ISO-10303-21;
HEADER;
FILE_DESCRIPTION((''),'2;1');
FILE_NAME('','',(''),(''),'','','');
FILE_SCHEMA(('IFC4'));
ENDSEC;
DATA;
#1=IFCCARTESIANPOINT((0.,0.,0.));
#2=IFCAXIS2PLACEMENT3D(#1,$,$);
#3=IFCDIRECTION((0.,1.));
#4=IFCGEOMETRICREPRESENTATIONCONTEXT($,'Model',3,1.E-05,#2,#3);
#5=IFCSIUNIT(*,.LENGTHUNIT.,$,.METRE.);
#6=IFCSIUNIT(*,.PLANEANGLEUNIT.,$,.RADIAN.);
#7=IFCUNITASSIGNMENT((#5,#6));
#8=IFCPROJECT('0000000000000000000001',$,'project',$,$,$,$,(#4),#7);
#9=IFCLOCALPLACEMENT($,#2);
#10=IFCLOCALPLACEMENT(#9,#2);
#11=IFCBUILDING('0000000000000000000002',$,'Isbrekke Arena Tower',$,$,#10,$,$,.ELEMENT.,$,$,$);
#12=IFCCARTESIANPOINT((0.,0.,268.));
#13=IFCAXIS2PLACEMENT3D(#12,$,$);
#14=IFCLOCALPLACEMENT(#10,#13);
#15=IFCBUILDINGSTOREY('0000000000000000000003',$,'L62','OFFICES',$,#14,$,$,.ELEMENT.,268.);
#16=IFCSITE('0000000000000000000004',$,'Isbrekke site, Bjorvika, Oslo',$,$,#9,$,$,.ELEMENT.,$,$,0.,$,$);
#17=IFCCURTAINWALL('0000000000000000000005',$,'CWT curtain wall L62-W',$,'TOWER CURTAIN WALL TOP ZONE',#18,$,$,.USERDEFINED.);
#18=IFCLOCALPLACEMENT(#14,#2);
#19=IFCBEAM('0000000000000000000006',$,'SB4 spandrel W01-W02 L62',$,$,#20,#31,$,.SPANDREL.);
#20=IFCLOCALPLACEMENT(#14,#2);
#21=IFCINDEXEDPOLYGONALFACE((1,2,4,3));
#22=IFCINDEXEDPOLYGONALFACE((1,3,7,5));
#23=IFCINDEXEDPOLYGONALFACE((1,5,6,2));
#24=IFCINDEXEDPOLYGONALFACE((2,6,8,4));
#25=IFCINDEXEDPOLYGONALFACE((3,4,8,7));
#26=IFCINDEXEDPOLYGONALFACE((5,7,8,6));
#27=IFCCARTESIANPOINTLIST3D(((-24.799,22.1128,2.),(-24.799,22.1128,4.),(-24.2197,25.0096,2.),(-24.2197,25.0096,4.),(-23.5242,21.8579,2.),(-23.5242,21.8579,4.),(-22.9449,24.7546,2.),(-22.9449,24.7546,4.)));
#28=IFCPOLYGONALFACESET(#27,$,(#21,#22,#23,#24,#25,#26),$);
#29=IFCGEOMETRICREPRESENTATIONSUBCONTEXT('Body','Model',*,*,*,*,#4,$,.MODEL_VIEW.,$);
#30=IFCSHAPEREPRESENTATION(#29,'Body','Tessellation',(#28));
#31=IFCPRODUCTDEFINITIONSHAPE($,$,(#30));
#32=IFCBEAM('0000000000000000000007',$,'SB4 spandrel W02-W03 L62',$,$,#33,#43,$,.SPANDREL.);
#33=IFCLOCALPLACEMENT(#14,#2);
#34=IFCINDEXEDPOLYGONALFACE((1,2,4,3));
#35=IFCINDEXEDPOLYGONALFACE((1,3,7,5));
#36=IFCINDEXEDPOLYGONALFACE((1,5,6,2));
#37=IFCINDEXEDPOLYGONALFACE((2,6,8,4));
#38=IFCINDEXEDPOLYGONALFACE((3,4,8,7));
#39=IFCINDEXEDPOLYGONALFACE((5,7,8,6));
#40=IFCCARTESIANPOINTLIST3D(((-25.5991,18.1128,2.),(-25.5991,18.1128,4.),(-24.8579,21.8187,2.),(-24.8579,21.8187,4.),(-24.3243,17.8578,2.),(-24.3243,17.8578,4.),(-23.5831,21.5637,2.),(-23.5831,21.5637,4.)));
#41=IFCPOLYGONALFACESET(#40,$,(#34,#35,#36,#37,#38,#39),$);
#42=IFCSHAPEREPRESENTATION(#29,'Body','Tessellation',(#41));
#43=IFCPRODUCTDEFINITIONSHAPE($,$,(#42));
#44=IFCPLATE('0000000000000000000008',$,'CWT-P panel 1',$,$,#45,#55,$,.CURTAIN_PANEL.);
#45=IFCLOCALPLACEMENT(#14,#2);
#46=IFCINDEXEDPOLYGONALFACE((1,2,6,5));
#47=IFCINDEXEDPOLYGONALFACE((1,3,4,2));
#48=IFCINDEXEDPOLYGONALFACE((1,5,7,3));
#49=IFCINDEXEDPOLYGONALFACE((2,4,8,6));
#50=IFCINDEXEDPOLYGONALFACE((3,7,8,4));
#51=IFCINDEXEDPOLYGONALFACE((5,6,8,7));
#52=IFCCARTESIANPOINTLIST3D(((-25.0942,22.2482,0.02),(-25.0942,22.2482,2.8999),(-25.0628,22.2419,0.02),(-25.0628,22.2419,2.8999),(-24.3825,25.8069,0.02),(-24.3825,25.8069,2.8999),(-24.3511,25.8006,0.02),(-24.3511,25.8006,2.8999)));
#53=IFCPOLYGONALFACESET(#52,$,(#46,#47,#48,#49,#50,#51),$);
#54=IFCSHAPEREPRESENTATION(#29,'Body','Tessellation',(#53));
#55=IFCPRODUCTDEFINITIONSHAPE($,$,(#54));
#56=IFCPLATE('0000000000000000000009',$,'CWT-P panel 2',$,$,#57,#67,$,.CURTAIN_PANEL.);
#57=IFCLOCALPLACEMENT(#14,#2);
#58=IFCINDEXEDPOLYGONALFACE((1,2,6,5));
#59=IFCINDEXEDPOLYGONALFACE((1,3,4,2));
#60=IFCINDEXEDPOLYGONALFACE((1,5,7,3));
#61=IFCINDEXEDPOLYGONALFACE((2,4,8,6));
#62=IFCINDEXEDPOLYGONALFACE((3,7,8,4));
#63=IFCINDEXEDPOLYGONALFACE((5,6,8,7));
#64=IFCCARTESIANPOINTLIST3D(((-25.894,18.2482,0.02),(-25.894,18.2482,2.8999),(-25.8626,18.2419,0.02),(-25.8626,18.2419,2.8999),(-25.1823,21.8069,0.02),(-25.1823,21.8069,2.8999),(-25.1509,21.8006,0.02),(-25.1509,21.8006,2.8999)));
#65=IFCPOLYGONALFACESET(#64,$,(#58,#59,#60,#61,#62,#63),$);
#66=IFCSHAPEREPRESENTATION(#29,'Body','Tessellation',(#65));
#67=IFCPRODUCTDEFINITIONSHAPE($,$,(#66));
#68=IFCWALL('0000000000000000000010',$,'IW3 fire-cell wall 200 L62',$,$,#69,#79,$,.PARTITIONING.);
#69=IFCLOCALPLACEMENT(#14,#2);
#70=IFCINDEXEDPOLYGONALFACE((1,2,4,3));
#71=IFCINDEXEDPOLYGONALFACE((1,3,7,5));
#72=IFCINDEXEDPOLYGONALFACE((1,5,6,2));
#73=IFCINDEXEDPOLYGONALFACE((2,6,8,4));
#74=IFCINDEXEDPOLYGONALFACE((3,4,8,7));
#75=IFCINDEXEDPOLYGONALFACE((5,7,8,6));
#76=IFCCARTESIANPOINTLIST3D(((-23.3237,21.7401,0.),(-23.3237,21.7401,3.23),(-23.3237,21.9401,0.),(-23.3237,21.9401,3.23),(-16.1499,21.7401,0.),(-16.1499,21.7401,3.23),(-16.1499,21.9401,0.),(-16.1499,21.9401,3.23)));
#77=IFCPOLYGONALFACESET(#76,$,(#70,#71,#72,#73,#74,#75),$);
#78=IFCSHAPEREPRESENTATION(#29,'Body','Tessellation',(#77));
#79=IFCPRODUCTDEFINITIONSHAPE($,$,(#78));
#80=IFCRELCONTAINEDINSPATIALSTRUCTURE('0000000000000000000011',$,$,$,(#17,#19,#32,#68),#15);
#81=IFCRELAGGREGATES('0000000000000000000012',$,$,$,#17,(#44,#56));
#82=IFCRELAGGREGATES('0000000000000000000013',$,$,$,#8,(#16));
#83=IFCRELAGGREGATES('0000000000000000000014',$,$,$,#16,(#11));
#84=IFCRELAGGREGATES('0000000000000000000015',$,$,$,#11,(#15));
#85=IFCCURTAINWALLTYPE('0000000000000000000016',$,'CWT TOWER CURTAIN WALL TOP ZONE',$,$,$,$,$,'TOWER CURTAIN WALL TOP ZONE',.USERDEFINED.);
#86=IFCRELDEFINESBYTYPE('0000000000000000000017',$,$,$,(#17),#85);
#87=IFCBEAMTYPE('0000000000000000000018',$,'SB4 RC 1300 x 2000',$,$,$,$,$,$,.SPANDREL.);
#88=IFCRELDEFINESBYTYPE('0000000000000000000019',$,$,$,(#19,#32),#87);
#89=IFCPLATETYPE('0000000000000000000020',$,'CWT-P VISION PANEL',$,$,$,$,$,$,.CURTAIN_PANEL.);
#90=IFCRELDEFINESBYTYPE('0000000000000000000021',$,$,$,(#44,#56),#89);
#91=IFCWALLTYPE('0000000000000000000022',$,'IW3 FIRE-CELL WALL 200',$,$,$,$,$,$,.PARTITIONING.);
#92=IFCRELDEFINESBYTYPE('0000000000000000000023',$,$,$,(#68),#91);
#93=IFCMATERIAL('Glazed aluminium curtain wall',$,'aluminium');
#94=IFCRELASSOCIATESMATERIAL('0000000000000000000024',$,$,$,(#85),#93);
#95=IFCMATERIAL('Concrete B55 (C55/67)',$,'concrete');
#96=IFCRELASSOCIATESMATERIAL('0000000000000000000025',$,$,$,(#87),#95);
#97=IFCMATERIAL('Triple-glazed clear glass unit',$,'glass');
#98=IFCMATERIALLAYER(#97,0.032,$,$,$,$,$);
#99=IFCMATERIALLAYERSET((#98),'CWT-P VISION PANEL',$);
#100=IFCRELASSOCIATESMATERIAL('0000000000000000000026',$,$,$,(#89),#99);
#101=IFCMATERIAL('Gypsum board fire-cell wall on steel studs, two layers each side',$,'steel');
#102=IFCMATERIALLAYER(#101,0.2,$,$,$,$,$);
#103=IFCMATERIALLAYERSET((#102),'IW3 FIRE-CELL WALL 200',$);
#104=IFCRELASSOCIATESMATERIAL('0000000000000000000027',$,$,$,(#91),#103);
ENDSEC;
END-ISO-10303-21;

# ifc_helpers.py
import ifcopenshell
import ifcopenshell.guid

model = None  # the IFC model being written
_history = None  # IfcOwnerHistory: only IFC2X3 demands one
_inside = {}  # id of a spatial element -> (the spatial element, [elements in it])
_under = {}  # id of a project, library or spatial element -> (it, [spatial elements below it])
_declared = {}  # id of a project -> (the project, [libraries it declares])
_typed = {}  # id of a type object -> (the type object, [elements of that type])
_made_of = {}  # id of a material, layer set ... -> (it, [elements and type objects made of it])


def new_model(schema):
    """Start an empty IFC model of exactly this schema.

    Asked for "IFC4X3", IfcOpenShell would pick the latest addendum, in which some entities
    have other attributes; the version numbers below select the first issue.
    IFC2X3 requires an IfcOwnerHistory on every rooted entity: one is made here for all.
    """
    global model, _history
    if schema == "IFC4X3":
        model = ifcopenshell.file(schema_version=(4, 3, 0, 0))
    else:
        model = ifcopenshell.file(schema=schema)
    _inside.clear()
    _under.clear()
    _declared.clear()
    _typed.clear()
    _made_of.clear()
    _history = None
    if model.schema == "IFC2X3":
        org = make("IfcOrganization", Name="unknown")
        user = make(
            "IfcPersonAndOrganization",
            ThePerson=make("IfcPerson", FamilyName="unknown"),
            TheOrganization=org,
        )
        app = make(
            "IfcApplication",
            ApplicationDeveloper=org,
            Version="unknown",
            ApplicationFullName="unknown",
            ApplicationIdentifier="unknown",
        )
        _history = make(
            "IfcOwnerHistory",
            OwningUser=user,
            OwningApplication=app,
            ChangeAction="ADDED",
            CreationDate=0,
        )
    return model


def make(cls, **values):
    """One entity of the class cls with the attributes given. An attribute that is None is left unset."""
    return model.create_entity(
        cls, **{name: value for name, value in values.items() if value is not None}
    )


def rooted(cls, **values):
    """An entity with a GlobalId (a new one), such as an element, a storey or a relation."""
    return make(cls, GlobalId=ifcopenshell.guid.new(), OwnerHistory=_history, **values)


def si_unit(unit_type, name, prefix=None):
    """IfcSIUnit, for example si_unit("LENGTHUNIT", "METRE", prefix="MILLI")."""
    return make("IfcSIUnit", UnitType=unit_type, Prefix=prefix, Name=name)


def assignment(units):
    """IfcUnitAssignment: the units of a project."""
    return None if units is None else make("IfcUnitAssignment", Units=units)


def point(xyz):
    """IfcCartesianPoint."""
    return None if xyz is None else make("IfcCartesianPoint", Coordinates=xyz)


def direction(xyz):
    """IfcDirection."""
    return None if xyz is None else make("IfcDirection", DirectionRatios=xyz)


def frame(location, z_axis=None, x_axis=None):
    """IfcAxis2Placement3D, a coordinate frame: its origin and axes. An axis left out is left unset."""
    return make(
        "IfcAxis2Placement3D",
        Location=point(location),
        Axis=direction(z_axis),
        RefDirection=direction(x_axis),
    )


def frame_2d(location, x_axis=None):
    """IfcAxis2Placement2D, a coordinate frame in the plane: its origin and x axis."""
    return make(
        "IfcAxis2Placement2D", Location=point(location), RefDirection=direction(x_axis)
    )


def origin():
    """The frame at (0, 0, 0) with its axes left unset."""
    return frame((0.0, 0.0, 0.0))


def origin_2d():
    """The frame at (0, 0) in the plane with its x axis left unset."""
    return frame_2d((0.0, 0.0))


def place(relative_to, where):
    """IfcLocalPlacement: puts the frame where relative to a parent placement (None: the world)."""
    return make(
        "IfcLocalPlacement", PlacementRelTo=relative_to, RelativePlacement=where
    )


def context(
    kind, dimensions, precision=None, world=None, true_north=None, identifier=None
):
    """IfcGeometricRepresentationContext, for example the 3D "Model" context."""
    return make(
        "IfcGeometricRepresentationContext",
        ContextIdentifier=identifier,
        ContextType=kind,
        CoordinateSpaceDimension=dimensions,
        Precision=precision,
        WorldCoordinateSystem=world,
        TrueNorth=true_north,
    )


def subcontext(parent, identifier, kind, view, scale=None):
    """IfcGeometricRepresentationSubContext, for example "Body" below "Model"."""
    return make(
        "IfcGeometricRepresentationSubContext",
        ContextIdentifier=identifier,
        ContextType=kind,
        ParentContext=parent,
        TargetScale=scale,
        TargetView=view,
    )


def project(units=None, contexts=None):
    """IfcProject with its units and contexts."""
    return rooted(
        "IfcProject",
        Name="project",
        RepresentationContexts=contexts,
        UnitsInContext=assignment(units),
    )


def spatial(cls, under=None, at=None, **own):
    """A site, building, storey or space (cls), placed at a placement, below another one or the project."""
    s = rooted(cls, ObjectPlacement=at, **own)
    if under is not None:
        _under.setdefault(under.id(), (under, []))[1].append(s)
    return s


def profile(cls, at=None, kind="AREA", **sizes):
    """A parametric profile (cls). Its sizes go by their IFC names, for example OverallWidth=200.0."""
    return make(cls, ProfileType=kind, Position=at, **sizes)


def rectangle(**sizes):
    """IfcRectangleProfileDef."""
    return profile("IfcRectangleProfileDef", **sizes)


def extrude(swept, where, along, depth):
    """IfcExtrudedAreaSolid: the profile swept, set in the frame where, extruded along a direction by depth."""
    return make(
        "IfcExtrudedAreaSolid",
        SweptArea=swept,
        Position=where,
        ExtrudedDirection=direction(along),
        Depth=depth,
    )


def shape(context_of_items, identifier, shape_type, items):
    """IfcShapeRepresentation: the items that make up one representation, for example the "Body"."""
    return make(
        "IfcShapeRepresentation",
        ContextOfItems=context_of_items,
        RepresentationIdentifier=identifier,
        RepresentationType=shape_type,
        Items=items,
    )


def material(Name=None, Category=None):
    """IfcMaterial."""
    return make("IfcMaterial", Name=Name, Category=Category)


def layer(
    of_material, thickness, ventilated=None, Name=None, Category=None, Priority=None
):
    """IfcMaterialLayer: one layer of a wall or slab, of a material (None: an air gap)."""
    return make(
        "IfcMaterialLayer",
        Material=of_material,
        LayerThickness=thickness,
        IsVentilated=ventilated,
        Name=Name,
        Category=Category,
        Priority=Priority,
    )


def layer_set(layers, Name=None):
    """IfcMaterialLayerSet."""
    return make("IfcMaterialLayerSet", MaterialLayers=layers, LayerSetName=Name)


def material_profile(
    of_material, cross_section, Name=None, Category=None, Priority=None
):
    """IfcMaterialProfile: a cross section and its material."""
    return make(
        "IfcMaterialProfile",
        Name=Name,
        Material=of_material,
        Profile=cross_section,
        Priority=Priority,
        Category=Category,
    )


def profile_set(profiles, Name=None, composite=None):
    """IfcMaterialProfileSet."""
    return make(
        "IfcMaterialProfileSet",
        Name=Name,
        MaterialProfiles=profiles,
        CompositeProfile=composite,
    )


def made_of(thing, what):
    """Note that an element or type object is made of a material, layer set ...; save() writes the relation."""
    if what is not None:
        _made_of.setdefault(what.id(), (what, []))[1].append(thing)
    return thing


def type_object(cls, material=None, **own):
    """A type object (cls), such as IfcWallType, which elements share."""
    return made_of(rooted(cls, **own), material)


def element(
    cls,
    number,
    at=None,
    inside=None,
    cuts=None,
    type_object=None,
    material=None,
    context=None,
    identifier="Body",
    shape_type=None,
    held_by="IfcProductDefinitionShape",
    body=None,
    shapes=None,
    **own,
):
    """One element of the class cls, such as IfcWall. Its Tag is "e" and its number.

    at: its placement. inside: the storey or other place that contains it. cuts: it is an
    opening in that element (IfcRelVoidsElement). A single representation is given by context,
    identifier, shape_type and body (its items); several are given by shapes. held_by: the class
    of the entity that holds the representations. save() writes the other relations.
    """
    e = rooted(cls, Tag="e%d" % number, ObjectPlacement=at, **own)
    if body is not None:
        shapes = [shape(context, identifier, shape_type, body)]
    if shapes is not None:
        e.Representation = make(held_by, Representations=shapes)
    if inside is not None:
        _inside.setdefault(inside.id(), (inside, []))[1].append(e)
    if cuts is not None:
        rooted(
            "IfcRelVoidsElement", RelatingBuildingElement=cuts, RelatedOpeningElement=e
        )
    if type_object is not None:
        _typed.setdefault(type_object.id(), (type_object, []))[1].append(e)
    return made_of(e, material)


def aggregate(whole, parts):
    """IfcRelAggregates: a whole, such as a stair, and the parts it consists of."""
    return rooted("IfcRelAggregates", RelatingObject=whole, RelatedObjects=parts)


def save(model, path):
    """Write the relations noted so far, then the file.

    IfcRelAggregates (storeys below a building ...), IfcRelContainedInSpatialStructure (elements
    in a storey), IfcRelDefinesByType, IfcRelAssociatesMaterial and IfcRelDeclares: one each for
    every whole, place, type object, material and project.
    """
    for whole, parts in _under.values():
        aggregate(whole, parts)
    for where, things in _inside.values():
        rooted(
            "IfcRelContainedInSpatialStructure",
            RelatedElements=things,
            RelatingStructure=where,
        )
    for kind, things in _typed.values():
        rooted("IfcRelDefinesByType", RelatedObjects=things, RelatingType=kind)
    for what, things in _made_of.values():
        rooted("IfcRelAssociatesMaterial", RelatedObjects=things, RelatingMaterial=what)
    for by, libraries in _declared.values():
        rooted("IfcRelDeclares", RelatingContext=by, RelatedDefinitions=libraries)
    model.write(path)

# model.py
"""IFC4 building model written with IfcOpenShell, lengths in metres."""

from ifc_helpers import new_model, si_unit, direction, frame, frame_2d, origin, origin_2d, place, context, subcontext, project, spatial, rectangle, extrude, material, layer, layer_set, material_profile, profile_set, type_object, element, aggregate, save


model = new_model("IFC4")

# Units and contexts
model_context = context("Model", 3, precision=1e-05, world=origin(), true_north=direction((0.0, 1.0)))
body_context = subcontext(model_context, "Body", "Model", "MODEL_VIEW")
ifc_project = project(units=[si_unit("LENGTHUNIT", "METRE"), si_unit("PLANEANGLEUNIT", "RADIAN")], contexts=[model_context])

# Site, building, storey
site_placement = place(None, origin())
site = spatial("IfcSite", under=ifc_project, at=site_placement, Name="Isbrekke site, Bjorvika, Oslo", CompositionType="ELEMENT", RefElevation=0.0)
building_placement = place(site_placement, origin())
building = spatial("IfcBuilding", under=site, at=building_placement, Name="Isbrekke Arena Tower", CompositionType="ELEMENT")
storey_placement = place(building_placement, frame((0.0, 0.0, 268.0)))
storey = spatial("IfcBuildingStorey", under=building, at=storey_placement, Name="L62", Description="OFFICES", CompositionType="ELEMENT", Elevation=268.0)

# Curtain wall
ifc_material_1 = material(Name="Glazed aluminium curtain wall", Category="aluminium")
curtain_wall_type = type_object("IfcCurtainWallType", Name="CWT TOWER CURTAIN WALL TOP ZONE", ElementType="TOWER CURTAIN WALL TOP ZONE", PredefinedType="USERDEFINED", material=ifc_material_1)
curtain_wall_placement = place(storey_placement, origin())
curtain_wall = element("IfcCurtainWall", 1, at=curtain_wall_placement, inside=storey, type_object=curtain_wall_type, Name="CWT curtain wall L62-W", ObjectType="TOWER CURTAIN WALL TOP ZONE", PredefinedType="USERDEFINED")

# Beams
ifc_material_2 = material(Name="Concrete B55 (C55/67)", Category="concrete")
ifc_material_profile_1 = material_profile(ifc_material_2, rectangle(XDim=1.3, YDim=2.0, at=origin_2d()), Name="RC 1300x2000")
ifc_profile_set_1 = profile_set([ifc_material_profile_1], Name="Concrete B55 (C55/67)")
beam_type_1 = type_object("IfcBeamType", Name="SB4 RC 1300 x 2000", PredefinedType="SPANDREL", material=ifc_profile_set_1)
beam_1_placement = place(storey_placement, frame((-23.5823, 24.8821, 3.0), z_axis=(-0.196116, -0.980581, 0.0), x_axis=(0.980581, -0.196116, 0.0)))
element("IfcBeam", 2, at=beam_1_placement, inside=storey, type_object=beam_type_1, Name="SB4 spandrel W01-W02 L62", PredefinedType="SPANDREL", context=body_context, shape_type="SweptSolid", body=[
    extrude(rectangle(XDim=1.3, YDim=2.0, at=origin_2d()), origin(), (0.0, 0.0, 1.0), 2.9541),
])
beam_2_placement = place(storey_placement, frame((-24.2205, 21.6912, 3.0), z_axis=(-0.196129, -0.980578, 0.0), x_axis=(0.980578, -0.196129, 0.0)))
element("IfcBeam", 3, at=beam_2_placement, inside=storey, type_object=beam_type_1, Name="SB4 spandrel W02-W03 L62", PredefinedType="SPANDREL", context=body_context, shape_type="SweptSolid", body=[
    extrude(rectangle(XDim=1.3, YDim=2.0, at=origin_2d()), origin(), (0.0, 0.0, 1.0), 3.7793),
])

# Plates
ifc_material_3 = material(Name="Triple-glazed clear glass unit", Category="glass")
ifc_layer_1 = layer(ifc_material_3, 0.032)
ifc_layer_set_1 = layer_set([ifc_layer_1], Name="CWT-P VISION PANEL")
plate_type = type_object("IfcPlateType", Name="CWT-P VISION PANEL", PredefinedType="CURTAIN_PANEL", material=ifc_layer_set_1)
plate_1_placement = place(storey_placement, frame((-24.7227, 24.0244, 0.02), z_axis=(0.0, 0.0, 1.0), x_axis=(-0.196116, -0.980581, 0.0)))
plate_1 = element("IfcPlate", 4, at=plate_1_placement, type_object=plate_type, Name="CWT-P panel 1", PredefinedType="CURTAIN_PANEL", context=body_context, shape_type="SweptSolid", body=[
    extrude(rectangle(XDim=3.6292, YDim=0.032, at=origin_2d()), origin(), (0.0, 0.0, 1.0), 2.8799),
])
plate_2_placement = place(storey_placement, frame((-25.5225, 20.0244, 0.02), z_axis=(0.0, 0.0, 1.0), x_axis=(-0.196116, -0.980581, 0.0)))
plate_2 = element("IfcPlate", 5, at=plate_2_placement, type_object=plate_type, Name="CWT-P panel 2", PredefinedType="CURTAIN_PANEL", context=body_context, shape_type="SweptSolid", body=[
    extrude(rectangle(XDim=3.6292, YDim=0.032, at=origin_2d()), origin(), (0.0, 0.0, 1.0), 2.8799),
])
aggregate(curtain_wall, [plate_1, plate_2])

# Wall
ifc_material_4 = material(Name="Gypsum board fire-cell wall on steel studs, two layers each side", Category="steel")
ifc_layer_2 = layer(ifc_material_4, 0.2)
ifc_layer_set_2 = layer_set([ifc_layer_2], Name="IW3 FIRE-CELL WALL 200")
wall_type = type_object("IfcWallType", Name="IW3 FIRE-CELL WALL 200", PredefinedType="PARTITIONING", material=ifc_layer_set_2)
wall_placement = place(storey_placement, frame((-23.3237, 21.8401, 0.0), z_axis=(0.0, 0.0, 1.0), x_axis=(1.0, 0.0, 0.0)))
element("IfcWall", 6, at=wall_placement, inside=storey, type_object=wall_type, Name="IW3 fire-cell wall 200 L62", PredefinedType="PARTITIONING", context=body_context, shape_type="SweptSolid", body=[
    extrude(rectangle(XDim=7.1738, YDim=0.2, at=frame_2d((3.5869, 0.0))), origin(), (0.0, 0.0, 1.0), 3.23),
])

save(model, "model.ifc")
